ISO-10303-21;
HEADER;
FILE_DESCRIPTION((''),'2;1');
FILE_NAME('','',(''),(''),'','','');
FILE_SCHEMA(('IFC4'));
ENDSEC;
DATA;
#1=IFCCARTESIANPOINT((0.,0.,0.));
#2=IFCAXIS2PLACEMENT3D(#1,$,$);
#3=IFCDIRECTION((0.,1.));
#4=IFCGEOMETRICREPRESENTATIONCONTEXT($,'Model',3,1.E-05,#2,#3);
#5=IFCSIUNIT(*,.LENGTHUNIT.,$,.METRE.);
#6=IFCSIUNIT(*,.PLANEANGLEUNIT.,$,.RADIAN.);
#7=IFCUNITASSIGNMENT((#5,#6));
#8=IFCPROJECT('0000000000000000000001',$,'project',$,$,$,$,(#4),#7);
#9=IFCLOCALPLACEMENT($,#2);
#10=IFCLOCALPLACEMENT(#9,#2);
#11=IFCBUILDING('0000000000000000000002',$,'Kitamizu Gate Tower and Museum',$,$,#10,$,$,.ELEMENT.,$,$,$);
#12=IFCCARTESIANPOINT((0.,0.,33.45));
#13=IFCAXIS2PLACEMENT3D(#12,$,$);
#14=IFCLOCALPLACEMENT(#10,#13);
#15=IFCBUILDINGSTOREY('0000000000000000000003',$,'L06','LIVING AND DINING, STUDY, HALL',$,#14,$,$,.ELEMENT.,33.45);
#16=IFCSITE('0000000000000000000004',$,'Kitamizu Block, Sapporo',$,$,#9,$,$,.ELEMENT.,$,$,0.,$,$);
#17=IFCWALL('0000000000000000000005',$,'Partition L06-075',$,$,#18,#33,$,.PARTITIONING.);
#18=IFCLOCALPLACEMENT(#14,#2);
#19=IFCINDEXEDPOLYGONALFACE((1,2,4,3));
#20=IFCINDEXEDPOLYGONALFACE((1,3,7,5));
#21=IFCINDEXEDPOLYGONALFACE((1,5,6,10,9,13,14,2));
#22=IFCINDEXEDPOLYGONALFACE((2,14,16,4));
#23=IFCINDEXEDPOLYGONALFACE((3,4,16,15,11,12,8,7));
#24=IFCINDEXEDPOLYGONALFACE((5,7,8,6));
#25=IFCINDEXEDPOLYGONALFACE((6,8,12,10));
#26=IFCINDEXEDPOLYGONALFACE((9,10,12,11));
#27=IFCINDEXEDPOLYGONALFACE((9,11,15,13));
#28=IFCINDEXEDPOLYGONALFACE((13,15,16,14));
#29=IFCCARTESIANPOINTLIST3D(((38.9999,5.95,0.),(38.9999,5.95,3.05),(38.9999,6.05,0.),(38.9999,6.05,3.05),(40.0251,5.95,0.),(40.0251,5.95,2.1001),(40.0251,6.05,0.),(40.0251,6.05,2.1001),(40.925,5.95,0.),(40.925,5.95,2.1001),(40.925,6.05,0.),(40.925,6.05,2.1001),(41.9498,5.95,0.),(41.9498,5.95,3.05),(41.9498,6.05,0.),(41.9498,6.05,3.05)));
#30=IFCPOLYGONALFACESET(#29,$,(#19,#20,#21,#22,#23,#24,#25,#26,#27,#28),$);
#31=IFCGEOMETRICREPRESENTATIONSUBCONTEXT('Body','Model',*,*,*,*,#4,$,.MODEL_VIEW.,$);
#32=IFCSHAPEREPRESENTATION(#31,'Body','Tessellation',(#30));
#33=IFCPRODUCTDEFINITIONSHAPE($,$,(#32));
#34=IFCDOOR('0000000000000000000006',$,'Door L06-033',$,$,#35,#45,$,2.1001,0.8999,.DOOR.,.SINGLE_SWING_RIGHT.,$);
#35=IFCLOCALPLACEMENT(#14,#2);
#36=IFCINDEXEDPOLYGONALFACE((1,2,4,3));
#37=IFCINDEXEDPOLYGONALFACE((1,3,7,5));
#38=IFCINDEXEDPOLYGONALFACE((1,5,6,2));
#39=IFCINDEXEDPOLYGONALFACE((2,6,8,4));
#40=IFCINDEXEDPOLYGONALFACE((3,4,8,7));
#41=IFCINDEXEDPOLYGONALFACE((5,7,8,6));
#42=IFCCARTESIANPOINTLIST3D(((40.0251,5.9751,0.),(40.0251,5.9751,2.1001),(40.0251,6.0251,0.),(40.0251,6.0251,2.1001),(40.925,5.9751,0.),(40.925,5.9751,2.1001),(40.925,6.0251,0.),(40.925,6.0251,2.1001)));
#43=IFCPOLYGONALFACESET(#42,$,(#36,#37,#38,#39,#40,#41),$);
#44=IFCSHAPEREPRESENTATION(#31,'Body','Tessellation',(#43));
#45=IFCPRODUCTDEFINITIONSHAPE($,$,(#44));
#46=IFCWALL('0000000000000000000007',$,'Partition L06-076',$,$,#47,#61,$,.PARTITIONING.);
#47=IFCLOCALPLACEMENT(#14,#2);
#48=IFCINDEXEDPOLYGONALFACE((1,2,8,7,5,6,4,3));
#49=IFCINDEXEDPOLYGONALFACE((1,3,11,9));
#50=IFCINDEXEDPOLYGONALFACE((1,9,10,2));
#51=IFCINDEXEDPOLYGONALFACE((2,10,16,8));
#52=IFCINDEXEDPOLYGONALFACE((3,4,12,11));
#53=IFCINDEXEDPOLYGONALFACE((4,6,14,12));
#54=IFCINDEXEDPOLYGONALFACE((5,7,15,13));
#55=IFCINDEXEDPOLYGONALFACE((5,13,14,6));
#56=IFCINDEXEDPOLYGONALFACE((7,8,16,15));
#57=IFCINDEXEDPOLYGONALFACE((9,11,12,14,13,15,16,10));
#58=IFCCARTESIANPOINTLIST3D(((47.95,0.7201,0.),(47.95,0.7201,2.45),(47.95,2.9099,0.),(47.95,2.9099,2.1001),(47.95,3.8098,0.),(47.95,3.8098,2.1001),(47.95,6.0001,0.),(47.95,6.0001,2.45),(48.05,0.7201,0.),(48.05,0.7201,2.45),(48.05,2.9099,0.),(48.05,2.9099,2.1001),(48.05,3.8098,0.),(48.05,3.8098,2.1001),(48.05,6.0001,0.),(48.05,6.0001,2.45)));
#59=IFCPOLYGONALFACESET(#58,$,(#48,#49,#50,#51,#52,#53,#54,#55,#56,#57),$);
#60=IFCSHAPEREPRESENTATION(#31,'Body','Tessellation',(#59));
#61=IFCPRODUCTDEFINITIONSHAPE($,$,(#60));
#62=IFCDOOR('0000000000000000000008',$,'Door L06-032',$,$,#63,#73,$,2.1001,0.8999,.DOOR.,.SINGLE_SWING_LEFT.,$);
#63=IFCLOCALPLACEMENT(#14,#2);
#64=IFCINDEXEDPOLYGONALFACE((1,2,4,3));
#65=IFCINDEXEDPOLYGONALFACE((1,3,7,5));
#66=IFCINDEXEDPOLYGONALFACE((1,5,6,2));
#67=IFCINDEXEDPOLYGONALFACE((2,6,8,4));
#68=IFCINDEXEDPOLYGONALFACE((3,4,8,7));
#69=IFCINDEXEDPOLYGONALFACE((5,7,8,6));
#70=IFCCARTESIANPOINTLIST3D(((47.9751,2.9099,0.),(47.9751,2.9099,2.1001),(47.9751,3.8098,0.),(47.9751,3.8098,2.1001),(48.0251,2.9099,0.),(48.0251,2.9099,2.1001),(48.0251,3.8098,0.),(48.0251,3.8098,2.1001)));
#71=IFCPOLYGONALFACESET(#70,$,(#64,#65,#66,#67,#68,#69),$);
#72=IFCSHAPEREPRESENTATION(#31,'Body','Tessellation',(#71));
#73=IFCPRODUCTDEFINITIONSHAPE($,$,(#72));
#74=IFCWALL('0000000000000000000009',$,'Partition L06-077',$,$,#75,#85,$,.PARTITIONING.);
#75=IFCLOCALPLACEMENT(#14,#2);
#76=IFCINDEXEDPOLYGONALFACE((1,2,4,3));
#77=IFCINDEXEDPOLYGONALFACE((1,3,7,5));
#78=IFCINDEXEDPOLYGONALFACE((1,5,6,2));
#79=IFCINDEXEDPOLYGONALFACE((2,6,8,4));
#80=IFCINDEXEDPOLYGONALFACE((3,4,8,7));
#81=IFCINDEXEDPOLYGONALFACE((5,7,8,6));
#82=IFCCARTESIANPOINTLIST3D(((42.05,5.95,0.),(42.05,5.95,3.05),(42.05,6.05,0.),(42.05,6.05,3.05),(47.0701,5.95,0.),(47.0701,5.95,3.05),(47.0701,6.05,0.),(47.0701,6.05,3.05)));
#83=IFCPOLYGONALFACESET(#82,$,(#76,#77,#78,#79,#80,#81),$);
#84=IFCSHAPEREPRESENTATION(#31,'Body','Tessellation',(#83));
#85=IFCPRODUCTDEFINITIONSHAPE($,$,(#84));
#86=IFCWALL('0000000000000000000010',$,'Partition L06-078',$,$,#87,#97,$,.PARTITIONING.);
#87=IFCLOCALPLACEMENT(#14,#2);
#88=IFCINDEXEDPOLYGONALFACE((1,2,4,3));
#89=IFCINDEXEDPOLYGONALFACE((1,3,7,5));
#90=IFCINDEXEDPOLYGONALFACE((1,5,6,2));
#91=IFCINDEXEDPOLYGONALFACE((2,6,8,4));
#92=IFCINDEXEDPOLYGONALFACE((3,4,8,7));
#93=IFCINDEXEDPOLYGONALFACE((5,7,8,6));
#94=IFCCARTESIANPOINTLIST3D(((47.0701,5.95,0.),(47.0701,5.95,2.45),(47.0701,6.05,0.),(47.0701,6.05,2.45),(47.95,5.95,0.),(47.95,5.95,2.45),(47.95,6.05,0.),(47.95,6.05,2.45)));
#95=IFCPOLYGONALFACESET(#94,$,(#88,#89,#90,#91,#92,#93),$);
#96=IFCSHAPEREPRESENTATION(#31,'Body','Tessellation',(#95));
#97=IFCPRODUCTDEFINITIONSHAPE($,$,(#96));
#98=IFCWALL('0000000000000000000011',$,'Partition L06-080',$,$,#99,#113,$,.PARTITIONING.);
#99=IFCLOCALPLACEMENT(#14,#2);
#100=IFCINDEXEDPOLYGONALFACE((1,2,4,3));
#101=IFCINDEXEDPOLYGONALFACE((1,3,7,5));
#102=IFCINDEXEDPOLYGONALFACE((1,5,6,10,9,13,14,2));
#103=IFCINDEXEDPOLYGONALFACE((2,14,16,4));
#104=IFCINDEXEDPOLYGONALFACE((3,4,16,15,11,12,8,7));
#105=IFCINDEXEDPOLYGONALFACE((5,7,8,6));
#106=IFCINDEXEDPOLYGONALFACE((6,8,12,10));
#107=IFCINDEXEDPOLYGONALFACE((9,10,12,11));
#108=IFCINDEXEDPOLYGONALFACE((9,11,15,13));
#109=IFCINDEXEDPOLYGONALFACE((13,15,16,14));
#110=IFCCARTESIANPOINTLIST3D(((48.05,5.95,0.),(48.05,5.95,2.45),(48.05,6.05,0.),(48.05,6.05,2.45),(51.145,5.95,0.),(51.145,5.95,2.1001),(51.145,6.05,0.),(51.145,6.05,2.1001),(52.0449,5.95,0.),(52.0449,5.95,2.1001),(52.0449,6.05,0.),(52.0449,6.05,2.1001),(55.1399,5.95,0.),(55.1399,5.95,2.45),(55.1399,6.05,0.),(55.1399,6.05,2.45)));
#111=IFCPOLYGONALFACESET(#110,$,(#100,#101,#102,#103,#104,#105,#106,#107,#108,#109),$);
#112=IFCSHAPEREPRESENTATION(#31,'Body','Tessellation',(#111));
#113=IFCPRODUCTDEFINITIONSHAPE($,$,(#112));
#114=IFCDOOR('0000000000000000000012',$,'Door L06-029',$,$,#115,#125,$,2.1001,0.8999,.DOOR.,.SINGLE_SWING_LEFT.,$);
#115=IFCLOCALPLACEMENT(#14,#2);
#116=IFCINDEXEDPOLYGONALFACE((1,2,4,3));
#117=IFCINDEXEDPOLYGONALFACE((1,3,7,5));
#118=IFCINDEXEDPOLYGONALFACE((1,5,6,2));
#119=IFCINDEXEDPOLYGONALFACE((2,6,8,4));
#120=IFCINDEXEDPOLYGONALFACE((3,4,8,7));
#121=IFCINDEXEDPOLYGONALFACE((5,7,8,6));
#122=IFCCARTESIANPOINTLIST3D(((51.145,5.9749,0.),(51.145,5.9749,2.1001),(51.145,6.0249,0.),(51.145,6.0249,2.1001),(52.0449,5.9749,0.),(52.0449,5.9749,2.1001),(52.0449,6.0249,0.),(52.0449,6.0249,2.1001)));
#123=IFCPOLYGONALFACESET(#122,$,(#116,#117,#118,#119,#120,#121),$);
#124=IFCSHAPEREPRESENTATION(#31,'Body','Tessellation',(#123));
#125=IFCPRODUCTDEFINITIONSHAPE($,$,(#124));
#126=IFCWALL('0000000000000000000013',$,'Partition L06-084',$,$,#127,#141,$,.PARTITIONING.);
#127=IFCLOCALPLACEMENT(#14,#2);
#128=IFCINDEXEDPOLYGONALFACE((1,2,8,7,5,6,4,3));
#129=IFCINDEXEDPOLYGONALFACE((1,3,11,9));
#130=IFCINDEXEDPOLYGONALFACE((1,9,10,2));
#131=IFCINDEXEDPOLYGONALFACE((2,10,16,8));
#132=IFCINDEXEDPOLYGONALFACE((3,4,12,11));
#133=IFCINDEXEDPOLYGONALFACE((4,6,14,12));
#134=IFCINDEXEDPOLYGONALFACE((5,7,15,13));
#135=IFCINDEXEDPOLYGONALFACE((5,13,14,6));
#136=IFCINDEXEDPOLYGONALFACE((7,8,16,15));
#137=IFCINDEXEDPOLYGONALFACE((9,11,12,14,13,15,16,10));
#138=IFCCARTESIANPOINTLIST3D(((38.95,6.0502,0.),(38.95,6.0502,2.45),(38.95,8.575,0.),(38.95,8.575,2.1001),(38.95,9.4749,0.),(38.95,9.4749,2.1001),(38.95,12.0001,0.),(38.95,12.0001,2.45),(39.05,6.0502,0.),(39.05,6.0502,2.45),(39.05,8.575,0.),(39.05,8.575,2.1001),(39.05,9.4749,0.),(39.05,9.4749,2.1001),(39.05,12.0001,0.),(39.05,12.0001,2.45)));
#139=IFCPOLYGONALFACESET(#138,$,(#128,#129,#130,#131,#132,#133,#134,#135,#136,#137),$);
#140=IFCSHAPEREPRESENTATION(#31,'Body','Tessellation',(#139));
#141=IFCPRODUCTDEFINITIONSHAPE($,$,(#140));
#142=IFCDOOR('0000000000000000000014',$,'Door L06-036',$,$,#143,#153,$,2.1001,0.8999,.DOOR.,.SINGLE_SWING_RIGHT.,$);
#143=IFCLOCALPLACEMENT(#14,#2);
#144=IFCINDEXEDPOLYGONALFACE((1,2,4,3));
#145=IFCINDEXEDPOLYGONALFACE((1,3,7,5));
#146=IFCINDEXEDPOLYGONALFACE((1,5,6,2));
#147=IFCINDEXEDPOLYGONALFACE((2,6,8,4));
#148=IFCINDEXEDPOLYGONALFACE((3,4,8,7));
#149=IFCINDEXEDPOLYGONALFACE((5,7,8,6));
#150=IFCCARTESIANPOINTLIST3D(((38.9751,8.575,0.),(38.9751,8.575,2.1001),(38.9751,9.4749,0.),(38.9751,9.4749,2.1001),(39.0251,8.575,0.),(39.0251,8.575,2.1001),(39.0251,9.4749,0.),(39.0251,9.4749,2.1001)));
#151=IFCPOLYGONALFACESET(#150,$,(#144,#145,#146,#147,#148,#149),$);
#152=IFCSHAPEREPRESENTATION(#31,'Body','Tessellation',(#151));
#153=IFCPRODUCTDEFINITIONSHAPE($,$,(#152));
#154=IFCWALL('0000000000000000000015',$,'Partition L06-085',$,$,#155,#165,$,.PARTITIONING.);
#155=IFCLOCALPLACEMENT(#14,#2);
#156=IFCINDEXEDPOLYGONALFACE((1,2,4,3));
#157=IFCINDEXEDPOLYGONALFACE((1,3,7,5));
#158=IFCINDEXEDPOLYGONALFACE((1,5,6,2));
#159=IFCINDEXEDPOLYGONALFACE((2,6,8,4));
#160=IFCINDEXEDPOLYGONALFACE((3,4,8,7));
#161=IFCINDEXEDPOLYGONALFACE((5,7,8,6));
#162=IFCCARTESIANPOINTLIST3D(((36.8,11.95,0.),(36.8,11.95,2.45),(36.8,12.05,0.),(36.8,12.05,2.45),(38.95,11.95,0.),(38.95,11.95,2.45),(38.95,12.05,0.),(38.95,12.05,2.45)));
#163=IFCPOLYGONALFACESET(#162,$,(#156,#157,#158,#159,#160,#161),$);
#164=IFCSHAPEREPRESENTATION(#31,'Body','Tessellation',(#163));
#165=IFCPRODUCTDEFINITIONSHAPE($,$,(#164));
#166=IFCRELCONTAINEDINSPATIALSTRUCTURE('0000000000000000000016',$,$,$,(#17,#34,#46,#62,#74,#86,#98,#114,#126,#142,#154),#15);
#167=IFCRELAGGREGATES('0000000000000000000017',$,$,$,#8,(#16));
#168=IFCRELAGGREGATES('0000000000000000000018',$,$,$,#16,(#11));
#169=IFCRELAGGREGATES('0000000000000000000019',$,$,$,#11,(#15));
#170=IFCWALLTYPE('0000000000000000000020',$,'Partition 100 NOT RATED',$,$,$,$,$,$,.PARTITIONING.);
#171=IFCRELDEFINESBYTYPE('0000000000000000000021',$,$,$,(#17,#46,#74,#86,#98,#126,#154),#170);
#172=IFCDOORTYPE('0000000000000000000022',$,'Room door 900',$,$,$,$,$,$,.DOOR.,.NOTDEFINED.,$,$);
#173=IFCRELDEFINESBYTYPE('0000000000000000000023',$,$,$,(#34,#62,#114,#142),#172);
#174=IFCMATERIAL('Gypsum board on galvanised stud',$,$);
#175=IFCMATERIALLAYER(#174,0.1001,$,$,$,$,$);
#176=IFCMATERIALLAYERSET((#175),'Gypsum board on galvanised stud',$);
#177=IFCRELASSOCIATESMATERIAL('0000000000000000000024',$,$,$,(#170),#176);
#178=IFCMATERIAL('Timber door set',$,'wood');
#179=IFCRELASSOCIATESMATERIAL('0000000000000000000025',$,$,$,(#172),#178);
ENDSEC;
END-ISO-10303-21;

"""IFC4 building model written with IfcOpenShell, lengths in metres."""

from ifc_helpers import new_model, si_unit, direction, frame, frame_2d, origin, place, context, subcontext, project, spatial, rectangle, extrude, material, layer, layer_set, type_object, element, fill, save


model = new_model("IFC4")

# Units and contexts
model_context = context("Model", 3, precision=1e-05, world=origin(), true_north=direction((0.0, 1.0)))
body_context = subcontext(model_context, "Body", "Model", "MODEL_VIEW")
ifc_project = project(units=[si_unit("LENGTHUNIT", "METRE"), si_unit("PLANEANGLEUNIT", "RADIAN")], contexts=[model_context])

# Site, building, storey
site_placement = place(None, origin())
site = spatial("IfcSite", under=ifc_project, at=site_placement, Name="Kitamizu Block, Sapporo", CompositionType="ELEMENT", RefElevation=0.0)
building_placement = place(site_placement, origin())
building = spatial("IfcBuilding", under=site, at=building_placement, Name="Kitamizu Gate Tower and Museum", CompositionType="ELEMENT")
storey_placement = place(building_placement, frame((0.0, 0.0, 33.45)))
storey = spatial("IfcBuildingStorey", under=building, at=storey_placement, Name="L06", Description="LIVING AND DINING, STUDY, HALL", CompositionType="ELEMENT", Elevation=33.45)

# Shared definitions
ifc_material_1 = material(Name="Gypsum board on galvanised stud")
ifc_layer_1 = layer(ifc_material_1, 0.1001)
ifc_layer_set_1 = layer_set([ifc_layer_1], Name="Gypsum board on galvanised stud")
wall_type_1 = type_object("IfcWallType", Name="Partition 100 NOT RATED", PredefinedType="PARTITIONING", material=ifc_layer_set_1)

# Walls, openings, doors
wall_1_placement = place(storey_placement, frame((41.95, 6.0, 0.0), z_axis=(0.0, 0.0, 1.0), x_axis=(-1.0, 0.0, 0.0)))
wall_1 = element("IfcWall", 1, at=wall_1_placement, inside=storey, type_object=wall_type_1, Name="Partition L06-075", PredefinedType="PARTITIONING", context=body_context, shape_type="SweptSolid", body=[
    extrude(rectangle(XDim=2.95, YDim=0.1001, at=frame_2d((1.4751, 0.0))), origin(), (0.0, 0.0, 1.0), 3.05),
])
opening_1_placement = place(wall_1_placement, frame((1.0249, 0.0, 0.0)))
opening_1 = element("IfcOpeningElement", 2, at=opening_1_placement, cuts=wall_1, PredefinedType="OPENING", context=body_context, shape_type="SweptSolid", body=[
    extrude(rectangle(XDim=0.8999, YDim=2.1001, at=frame_2d((0.45, 1.05))), frame((0.0, 0.0601, 0.0), z_axis=(0.0, -1.0, 0.0), x_axis=(1.0, 0.0, 0.0)), (0.0, 0.0, 1.0), 0.1201),
])
ifc_material_2 = material(Name="Timber door set", Category="wood")
door_type = type_object("IfcDoorType", Name="Room door 900", OperationType="NOTDEFINED", PredefinedType="DOOR", material=ifc_material_2)
door_1_placement = place(opening_1_placement, origin())
door_1 = element("IfcDoor", 3, at=door_1_placement, inside=storey, type_object=door_type, Name="Door L06-033", OperationType="SINGLE_SWING_RIGHT", OverallHeight=2.1001, OverallWidth=0.8999, PredefinedType="DOOR", context=body_context, shape_type="SweptSolid", body=[
    extrude(rectangle(XDim=0.8999, YDim=2.1001, at=frame_2d((0.45, 1.05))), frame((0.0, 0.0249, 0.0), z_axis=(0.0, -1.0, 0.0), x_axis=(1.0, 0.0, 0.0)), (0.0, 0.0, 1.0), 0.05),
])
fill(opening_1, door_1)
wall_2_placement = place(storey_placement, frame((48.0, 0.72, 0.0), z_axis=(0.0, 0.0, 1.0), x_axis=(0.0, 1.0, 0.0)))
wall_2 = element("IfcWall", 4, at=wall_2_placement, inside=storey, type_object=wall_type_1, Name="Partition L06-076", PredefinedType="PARTITIONING", context=body_context, shape_type="SweptSolid", body=[
    extrude(rectangle(XDim=5.28, YDim=0.1001, at=frame_2d((2.6401, 0.0))), origin(), (0.0, 0.0, 1.0), 2.45),
])
opening_2_placement = place(wall_2_placement, frame((2.1899, 0.0, 0.0)))
opening_2 = element("IfcOpeningElement", 5, at=opening_2_placement, cuts=wall_2, PredefinedType="OPENING", context=body_context, shape_type="SweptSolid", body=[
    extrude(rectangle(XDim=0.8999, YDim=2.1001, at=frame_2d((0.45, 1.05))), frame((0.0, 0.0601, 0.0), z_axis=(0.0, -1.0, 0.0), x_axis=(1.0, 0.0, 0.0)), (0.0, 0.0, 1.0), 0.1201),
])
door_2_placement = place(opening_2_placement, origin())
door_2 = element("IfcDoor", 6, at=door_2_placement, inside=storey, type_object=door_type, Name="Door L06-032", OperationType="SINGLE_SWING_LEFT", OverallHeight=2.1001, OverallWidth=0.8999, PredefinedType="DOOR", context=body_context, shape_type="SweptSolid", body=[
    extrude(rectangle(XDim=0.8999, YDim=2.1001, at=frame_2d((0.45, 1.05))), frame((0.0, 0.0249, 0.0), z_axis=(0.0, -1.0, 0.0), x_axis=(1.0, 0.0, 0.0)), (0.0, 0.0, 1.0), 0.05),
])
fill(opening_2, door_2)

# Walls
wall_3_placement = place(storey_placement, frame((47.0701, 6.0, 0.0), z_axis=(0.0, 0.0, 1.0), x_axis=(-1.0, 0.0, 0.0)))
element("IfcWall", 7, at=wall_3_placement, inside=storey, type_object=wall_type_1, Name="Partition L06-077", PredefinedType="PARTITIONING", context=body_context, shape_type="SweptSolid", body=[
    extrude(rectangle(XDim=5.02, YDim=0.1001, at=frame_2d((2.51, 0.0))), origin(), (0.0, 0.0, 1.0), 3.05),
])
wall_4_placement = place(storey_placement, frame((47.95, 6.0, 0.0), z_axis=(0.0, 0.0, 1.0), x_axis=(-1.0, 0.0, 0.0)))
element("IfcWall", 8, at=wall_4_placement, inside=storey, type_object=wall_type_1, Name="Partition L06-078", PredefinedType="PARTITIONING", context=body_context, shape_type="SweptSolid", body=[
    extrude(rectangle(XDim=0.8799, YDim=0.1001, at=frame_2d((0.4399, 0.0))), origin(), (0.0, 0.0, 1.0), 2.45),
])

# Walls, openings, doors
wall_5_placement = place(storey_placement, frame((55.1399, 6.0, 0.0), z_axis=(0.0, 0.0, 1.0), x_axis=(-1.0, 0.0, 0.0)))
wall_5 = element("IfcWall", 9, at=wall_5_placement, inside=storey, type_object=wall_type_1, Name="Partition L06-080", PredefinedType="PARTITIONING", context=body_context, shape_type="SweptSolid", body=[
    extrude(rectangle(XDim=7.0898, YDim=0.1001, at=frame_2d((3.5449, 0.0))), origin(), (0.0, 0.0, 1.0), 2.45),
])
opening_3_placement = place(wall_5_placement, frame((3.095, 0.0, 0.0)))
opening_3 = element("IfcOpeningElement", 10, at=opening_3_placement, cuts=wall_5, PredefinedType="OPENING", context=body_context, shape_type="SweptSolid", body=[
    extrude(rectangle(XDim=0.8999, YDim=2.1001, at=frame_2d((0.45, 1.05))), frame((0.0, 0.0601, 0.0), z_axis=(0.0, -1.0, 0.0), x_axis=(1.0, 0.0, 0.0)), (0.0, 0.0, 1.0), 0.1201),
])
door_3_placement = place(opening_3_placement, frame((0.8999, 0.0, 0.0), x_axis=(-1.0, 0.0, 0.0)))
door_3 = element("IfcDoor", 11, at=door_3_placement, inside=storey, type_object=door_type, Name="Door L06-029", OperationType="SINGLE_SWING_LEFT", OverallHeight=2.1001, OverallWidth=0.8999, PredefinedType="DOOR", context=body_context, shape_type="SweptSolid", body=[
    extrude(rectangle(XDim=0.8999, YDim=2.1001, at=frame_2d((0.45, 1.05))), frame((0.0, 0.0249, 0.0), z_axis=(0.0, -1.0, 0.0), x_axis=(1.0, 0.0, 0.0)), (0.0, 0.0, 1.0), 0.05),
])
fill(opening_3, door_3)
wall_6_placement = place(storey_placement, frame((39.0, 6.05, 0.0), z_axis=(0.0, 0.0, 1.0), x_axis=(0.0, 1.0, 0.0)))
wall_6 = element("IfcWall", 12, at=wall_6_placement, inside=storey, type_object=wall_type_1, Name="Partition L06-084", PredefinedType="PARTITIONING", context=body_context, shape_type="SweptSolid", body=[
    extrude(rectangle(XDim=5.95, YDim=0.1001, at=frame_2d((2.9751, 0.0))), origin(), (0.0, 0.0, 1.0), 2.45),
])
opening_4_placement = place(wall_6_placement, frame((2.5249, 0.0, 0.0)))
opening_4 = element("IfcOpeningElement", 13, at=opening_4_placement, cuts=wall_6, PredefinedType="OPENING", context=body_context, shape_type="SweptSolid", body=[
    extrude(rectangle(XDim=0.8999, YDim=2.1001, at=frame_2d((0.45, 1.05))), frame((0.0, 0.0601, 0.0), z_axis=(0.0, -1.0, 0.0), x_axis=(1.0, 0.0, 0.0)), (0.0, 0.0, 1.0), 0.1201),
])
door_4_placement = place(opening_4_placement, origin())
door_4 = element("IfcDoor", 14, at=door_4_placement, inside=storey, type_object=door_type, Name="Door L06-036", OperationType="SINGLE_SWING_RIGHT", OverallHeight=2.1001, OverallWidth=0.8999, PredefinedType="DOOR", context=body_context, shape_type="SweptSolid", body=[
    extrude(rectangle(XDim=0.8999, YDim=2.1001, at=frame_2d((0.45, 1.05))), frame((0.0, 0.0249, 0.0), z_axis=(0.0, -1.0, 0.0), x_axis=(1.0, 0.0, 0.0)), (0.0, 0.0, 1.0), 0.05),
])
fill(opening_4, door_4)

# Wall
wall_7_placement = place(storey_placement, frame((38.95, 12.0, 0.0), z_axis=(0.0, 0.0, 1.0), x_axis=(-1.0, 0.0, 0.0)))
element("IfcWall", 15, at=wall_7_placement, inside=storey, type_object=wall_type_1, Name="Partition L06-085", PredefinedType="PARTITIONING", context=body_context, shape_type="SweptSolid", body=[
    extrude(rectangle(XDim=2.1499, YDim=0.1001, at=frame_2d((1.075, 0.0))), origin(), (0.0, 0.0, 1.0), 2.45),
])

save(model, "model.ifc")
